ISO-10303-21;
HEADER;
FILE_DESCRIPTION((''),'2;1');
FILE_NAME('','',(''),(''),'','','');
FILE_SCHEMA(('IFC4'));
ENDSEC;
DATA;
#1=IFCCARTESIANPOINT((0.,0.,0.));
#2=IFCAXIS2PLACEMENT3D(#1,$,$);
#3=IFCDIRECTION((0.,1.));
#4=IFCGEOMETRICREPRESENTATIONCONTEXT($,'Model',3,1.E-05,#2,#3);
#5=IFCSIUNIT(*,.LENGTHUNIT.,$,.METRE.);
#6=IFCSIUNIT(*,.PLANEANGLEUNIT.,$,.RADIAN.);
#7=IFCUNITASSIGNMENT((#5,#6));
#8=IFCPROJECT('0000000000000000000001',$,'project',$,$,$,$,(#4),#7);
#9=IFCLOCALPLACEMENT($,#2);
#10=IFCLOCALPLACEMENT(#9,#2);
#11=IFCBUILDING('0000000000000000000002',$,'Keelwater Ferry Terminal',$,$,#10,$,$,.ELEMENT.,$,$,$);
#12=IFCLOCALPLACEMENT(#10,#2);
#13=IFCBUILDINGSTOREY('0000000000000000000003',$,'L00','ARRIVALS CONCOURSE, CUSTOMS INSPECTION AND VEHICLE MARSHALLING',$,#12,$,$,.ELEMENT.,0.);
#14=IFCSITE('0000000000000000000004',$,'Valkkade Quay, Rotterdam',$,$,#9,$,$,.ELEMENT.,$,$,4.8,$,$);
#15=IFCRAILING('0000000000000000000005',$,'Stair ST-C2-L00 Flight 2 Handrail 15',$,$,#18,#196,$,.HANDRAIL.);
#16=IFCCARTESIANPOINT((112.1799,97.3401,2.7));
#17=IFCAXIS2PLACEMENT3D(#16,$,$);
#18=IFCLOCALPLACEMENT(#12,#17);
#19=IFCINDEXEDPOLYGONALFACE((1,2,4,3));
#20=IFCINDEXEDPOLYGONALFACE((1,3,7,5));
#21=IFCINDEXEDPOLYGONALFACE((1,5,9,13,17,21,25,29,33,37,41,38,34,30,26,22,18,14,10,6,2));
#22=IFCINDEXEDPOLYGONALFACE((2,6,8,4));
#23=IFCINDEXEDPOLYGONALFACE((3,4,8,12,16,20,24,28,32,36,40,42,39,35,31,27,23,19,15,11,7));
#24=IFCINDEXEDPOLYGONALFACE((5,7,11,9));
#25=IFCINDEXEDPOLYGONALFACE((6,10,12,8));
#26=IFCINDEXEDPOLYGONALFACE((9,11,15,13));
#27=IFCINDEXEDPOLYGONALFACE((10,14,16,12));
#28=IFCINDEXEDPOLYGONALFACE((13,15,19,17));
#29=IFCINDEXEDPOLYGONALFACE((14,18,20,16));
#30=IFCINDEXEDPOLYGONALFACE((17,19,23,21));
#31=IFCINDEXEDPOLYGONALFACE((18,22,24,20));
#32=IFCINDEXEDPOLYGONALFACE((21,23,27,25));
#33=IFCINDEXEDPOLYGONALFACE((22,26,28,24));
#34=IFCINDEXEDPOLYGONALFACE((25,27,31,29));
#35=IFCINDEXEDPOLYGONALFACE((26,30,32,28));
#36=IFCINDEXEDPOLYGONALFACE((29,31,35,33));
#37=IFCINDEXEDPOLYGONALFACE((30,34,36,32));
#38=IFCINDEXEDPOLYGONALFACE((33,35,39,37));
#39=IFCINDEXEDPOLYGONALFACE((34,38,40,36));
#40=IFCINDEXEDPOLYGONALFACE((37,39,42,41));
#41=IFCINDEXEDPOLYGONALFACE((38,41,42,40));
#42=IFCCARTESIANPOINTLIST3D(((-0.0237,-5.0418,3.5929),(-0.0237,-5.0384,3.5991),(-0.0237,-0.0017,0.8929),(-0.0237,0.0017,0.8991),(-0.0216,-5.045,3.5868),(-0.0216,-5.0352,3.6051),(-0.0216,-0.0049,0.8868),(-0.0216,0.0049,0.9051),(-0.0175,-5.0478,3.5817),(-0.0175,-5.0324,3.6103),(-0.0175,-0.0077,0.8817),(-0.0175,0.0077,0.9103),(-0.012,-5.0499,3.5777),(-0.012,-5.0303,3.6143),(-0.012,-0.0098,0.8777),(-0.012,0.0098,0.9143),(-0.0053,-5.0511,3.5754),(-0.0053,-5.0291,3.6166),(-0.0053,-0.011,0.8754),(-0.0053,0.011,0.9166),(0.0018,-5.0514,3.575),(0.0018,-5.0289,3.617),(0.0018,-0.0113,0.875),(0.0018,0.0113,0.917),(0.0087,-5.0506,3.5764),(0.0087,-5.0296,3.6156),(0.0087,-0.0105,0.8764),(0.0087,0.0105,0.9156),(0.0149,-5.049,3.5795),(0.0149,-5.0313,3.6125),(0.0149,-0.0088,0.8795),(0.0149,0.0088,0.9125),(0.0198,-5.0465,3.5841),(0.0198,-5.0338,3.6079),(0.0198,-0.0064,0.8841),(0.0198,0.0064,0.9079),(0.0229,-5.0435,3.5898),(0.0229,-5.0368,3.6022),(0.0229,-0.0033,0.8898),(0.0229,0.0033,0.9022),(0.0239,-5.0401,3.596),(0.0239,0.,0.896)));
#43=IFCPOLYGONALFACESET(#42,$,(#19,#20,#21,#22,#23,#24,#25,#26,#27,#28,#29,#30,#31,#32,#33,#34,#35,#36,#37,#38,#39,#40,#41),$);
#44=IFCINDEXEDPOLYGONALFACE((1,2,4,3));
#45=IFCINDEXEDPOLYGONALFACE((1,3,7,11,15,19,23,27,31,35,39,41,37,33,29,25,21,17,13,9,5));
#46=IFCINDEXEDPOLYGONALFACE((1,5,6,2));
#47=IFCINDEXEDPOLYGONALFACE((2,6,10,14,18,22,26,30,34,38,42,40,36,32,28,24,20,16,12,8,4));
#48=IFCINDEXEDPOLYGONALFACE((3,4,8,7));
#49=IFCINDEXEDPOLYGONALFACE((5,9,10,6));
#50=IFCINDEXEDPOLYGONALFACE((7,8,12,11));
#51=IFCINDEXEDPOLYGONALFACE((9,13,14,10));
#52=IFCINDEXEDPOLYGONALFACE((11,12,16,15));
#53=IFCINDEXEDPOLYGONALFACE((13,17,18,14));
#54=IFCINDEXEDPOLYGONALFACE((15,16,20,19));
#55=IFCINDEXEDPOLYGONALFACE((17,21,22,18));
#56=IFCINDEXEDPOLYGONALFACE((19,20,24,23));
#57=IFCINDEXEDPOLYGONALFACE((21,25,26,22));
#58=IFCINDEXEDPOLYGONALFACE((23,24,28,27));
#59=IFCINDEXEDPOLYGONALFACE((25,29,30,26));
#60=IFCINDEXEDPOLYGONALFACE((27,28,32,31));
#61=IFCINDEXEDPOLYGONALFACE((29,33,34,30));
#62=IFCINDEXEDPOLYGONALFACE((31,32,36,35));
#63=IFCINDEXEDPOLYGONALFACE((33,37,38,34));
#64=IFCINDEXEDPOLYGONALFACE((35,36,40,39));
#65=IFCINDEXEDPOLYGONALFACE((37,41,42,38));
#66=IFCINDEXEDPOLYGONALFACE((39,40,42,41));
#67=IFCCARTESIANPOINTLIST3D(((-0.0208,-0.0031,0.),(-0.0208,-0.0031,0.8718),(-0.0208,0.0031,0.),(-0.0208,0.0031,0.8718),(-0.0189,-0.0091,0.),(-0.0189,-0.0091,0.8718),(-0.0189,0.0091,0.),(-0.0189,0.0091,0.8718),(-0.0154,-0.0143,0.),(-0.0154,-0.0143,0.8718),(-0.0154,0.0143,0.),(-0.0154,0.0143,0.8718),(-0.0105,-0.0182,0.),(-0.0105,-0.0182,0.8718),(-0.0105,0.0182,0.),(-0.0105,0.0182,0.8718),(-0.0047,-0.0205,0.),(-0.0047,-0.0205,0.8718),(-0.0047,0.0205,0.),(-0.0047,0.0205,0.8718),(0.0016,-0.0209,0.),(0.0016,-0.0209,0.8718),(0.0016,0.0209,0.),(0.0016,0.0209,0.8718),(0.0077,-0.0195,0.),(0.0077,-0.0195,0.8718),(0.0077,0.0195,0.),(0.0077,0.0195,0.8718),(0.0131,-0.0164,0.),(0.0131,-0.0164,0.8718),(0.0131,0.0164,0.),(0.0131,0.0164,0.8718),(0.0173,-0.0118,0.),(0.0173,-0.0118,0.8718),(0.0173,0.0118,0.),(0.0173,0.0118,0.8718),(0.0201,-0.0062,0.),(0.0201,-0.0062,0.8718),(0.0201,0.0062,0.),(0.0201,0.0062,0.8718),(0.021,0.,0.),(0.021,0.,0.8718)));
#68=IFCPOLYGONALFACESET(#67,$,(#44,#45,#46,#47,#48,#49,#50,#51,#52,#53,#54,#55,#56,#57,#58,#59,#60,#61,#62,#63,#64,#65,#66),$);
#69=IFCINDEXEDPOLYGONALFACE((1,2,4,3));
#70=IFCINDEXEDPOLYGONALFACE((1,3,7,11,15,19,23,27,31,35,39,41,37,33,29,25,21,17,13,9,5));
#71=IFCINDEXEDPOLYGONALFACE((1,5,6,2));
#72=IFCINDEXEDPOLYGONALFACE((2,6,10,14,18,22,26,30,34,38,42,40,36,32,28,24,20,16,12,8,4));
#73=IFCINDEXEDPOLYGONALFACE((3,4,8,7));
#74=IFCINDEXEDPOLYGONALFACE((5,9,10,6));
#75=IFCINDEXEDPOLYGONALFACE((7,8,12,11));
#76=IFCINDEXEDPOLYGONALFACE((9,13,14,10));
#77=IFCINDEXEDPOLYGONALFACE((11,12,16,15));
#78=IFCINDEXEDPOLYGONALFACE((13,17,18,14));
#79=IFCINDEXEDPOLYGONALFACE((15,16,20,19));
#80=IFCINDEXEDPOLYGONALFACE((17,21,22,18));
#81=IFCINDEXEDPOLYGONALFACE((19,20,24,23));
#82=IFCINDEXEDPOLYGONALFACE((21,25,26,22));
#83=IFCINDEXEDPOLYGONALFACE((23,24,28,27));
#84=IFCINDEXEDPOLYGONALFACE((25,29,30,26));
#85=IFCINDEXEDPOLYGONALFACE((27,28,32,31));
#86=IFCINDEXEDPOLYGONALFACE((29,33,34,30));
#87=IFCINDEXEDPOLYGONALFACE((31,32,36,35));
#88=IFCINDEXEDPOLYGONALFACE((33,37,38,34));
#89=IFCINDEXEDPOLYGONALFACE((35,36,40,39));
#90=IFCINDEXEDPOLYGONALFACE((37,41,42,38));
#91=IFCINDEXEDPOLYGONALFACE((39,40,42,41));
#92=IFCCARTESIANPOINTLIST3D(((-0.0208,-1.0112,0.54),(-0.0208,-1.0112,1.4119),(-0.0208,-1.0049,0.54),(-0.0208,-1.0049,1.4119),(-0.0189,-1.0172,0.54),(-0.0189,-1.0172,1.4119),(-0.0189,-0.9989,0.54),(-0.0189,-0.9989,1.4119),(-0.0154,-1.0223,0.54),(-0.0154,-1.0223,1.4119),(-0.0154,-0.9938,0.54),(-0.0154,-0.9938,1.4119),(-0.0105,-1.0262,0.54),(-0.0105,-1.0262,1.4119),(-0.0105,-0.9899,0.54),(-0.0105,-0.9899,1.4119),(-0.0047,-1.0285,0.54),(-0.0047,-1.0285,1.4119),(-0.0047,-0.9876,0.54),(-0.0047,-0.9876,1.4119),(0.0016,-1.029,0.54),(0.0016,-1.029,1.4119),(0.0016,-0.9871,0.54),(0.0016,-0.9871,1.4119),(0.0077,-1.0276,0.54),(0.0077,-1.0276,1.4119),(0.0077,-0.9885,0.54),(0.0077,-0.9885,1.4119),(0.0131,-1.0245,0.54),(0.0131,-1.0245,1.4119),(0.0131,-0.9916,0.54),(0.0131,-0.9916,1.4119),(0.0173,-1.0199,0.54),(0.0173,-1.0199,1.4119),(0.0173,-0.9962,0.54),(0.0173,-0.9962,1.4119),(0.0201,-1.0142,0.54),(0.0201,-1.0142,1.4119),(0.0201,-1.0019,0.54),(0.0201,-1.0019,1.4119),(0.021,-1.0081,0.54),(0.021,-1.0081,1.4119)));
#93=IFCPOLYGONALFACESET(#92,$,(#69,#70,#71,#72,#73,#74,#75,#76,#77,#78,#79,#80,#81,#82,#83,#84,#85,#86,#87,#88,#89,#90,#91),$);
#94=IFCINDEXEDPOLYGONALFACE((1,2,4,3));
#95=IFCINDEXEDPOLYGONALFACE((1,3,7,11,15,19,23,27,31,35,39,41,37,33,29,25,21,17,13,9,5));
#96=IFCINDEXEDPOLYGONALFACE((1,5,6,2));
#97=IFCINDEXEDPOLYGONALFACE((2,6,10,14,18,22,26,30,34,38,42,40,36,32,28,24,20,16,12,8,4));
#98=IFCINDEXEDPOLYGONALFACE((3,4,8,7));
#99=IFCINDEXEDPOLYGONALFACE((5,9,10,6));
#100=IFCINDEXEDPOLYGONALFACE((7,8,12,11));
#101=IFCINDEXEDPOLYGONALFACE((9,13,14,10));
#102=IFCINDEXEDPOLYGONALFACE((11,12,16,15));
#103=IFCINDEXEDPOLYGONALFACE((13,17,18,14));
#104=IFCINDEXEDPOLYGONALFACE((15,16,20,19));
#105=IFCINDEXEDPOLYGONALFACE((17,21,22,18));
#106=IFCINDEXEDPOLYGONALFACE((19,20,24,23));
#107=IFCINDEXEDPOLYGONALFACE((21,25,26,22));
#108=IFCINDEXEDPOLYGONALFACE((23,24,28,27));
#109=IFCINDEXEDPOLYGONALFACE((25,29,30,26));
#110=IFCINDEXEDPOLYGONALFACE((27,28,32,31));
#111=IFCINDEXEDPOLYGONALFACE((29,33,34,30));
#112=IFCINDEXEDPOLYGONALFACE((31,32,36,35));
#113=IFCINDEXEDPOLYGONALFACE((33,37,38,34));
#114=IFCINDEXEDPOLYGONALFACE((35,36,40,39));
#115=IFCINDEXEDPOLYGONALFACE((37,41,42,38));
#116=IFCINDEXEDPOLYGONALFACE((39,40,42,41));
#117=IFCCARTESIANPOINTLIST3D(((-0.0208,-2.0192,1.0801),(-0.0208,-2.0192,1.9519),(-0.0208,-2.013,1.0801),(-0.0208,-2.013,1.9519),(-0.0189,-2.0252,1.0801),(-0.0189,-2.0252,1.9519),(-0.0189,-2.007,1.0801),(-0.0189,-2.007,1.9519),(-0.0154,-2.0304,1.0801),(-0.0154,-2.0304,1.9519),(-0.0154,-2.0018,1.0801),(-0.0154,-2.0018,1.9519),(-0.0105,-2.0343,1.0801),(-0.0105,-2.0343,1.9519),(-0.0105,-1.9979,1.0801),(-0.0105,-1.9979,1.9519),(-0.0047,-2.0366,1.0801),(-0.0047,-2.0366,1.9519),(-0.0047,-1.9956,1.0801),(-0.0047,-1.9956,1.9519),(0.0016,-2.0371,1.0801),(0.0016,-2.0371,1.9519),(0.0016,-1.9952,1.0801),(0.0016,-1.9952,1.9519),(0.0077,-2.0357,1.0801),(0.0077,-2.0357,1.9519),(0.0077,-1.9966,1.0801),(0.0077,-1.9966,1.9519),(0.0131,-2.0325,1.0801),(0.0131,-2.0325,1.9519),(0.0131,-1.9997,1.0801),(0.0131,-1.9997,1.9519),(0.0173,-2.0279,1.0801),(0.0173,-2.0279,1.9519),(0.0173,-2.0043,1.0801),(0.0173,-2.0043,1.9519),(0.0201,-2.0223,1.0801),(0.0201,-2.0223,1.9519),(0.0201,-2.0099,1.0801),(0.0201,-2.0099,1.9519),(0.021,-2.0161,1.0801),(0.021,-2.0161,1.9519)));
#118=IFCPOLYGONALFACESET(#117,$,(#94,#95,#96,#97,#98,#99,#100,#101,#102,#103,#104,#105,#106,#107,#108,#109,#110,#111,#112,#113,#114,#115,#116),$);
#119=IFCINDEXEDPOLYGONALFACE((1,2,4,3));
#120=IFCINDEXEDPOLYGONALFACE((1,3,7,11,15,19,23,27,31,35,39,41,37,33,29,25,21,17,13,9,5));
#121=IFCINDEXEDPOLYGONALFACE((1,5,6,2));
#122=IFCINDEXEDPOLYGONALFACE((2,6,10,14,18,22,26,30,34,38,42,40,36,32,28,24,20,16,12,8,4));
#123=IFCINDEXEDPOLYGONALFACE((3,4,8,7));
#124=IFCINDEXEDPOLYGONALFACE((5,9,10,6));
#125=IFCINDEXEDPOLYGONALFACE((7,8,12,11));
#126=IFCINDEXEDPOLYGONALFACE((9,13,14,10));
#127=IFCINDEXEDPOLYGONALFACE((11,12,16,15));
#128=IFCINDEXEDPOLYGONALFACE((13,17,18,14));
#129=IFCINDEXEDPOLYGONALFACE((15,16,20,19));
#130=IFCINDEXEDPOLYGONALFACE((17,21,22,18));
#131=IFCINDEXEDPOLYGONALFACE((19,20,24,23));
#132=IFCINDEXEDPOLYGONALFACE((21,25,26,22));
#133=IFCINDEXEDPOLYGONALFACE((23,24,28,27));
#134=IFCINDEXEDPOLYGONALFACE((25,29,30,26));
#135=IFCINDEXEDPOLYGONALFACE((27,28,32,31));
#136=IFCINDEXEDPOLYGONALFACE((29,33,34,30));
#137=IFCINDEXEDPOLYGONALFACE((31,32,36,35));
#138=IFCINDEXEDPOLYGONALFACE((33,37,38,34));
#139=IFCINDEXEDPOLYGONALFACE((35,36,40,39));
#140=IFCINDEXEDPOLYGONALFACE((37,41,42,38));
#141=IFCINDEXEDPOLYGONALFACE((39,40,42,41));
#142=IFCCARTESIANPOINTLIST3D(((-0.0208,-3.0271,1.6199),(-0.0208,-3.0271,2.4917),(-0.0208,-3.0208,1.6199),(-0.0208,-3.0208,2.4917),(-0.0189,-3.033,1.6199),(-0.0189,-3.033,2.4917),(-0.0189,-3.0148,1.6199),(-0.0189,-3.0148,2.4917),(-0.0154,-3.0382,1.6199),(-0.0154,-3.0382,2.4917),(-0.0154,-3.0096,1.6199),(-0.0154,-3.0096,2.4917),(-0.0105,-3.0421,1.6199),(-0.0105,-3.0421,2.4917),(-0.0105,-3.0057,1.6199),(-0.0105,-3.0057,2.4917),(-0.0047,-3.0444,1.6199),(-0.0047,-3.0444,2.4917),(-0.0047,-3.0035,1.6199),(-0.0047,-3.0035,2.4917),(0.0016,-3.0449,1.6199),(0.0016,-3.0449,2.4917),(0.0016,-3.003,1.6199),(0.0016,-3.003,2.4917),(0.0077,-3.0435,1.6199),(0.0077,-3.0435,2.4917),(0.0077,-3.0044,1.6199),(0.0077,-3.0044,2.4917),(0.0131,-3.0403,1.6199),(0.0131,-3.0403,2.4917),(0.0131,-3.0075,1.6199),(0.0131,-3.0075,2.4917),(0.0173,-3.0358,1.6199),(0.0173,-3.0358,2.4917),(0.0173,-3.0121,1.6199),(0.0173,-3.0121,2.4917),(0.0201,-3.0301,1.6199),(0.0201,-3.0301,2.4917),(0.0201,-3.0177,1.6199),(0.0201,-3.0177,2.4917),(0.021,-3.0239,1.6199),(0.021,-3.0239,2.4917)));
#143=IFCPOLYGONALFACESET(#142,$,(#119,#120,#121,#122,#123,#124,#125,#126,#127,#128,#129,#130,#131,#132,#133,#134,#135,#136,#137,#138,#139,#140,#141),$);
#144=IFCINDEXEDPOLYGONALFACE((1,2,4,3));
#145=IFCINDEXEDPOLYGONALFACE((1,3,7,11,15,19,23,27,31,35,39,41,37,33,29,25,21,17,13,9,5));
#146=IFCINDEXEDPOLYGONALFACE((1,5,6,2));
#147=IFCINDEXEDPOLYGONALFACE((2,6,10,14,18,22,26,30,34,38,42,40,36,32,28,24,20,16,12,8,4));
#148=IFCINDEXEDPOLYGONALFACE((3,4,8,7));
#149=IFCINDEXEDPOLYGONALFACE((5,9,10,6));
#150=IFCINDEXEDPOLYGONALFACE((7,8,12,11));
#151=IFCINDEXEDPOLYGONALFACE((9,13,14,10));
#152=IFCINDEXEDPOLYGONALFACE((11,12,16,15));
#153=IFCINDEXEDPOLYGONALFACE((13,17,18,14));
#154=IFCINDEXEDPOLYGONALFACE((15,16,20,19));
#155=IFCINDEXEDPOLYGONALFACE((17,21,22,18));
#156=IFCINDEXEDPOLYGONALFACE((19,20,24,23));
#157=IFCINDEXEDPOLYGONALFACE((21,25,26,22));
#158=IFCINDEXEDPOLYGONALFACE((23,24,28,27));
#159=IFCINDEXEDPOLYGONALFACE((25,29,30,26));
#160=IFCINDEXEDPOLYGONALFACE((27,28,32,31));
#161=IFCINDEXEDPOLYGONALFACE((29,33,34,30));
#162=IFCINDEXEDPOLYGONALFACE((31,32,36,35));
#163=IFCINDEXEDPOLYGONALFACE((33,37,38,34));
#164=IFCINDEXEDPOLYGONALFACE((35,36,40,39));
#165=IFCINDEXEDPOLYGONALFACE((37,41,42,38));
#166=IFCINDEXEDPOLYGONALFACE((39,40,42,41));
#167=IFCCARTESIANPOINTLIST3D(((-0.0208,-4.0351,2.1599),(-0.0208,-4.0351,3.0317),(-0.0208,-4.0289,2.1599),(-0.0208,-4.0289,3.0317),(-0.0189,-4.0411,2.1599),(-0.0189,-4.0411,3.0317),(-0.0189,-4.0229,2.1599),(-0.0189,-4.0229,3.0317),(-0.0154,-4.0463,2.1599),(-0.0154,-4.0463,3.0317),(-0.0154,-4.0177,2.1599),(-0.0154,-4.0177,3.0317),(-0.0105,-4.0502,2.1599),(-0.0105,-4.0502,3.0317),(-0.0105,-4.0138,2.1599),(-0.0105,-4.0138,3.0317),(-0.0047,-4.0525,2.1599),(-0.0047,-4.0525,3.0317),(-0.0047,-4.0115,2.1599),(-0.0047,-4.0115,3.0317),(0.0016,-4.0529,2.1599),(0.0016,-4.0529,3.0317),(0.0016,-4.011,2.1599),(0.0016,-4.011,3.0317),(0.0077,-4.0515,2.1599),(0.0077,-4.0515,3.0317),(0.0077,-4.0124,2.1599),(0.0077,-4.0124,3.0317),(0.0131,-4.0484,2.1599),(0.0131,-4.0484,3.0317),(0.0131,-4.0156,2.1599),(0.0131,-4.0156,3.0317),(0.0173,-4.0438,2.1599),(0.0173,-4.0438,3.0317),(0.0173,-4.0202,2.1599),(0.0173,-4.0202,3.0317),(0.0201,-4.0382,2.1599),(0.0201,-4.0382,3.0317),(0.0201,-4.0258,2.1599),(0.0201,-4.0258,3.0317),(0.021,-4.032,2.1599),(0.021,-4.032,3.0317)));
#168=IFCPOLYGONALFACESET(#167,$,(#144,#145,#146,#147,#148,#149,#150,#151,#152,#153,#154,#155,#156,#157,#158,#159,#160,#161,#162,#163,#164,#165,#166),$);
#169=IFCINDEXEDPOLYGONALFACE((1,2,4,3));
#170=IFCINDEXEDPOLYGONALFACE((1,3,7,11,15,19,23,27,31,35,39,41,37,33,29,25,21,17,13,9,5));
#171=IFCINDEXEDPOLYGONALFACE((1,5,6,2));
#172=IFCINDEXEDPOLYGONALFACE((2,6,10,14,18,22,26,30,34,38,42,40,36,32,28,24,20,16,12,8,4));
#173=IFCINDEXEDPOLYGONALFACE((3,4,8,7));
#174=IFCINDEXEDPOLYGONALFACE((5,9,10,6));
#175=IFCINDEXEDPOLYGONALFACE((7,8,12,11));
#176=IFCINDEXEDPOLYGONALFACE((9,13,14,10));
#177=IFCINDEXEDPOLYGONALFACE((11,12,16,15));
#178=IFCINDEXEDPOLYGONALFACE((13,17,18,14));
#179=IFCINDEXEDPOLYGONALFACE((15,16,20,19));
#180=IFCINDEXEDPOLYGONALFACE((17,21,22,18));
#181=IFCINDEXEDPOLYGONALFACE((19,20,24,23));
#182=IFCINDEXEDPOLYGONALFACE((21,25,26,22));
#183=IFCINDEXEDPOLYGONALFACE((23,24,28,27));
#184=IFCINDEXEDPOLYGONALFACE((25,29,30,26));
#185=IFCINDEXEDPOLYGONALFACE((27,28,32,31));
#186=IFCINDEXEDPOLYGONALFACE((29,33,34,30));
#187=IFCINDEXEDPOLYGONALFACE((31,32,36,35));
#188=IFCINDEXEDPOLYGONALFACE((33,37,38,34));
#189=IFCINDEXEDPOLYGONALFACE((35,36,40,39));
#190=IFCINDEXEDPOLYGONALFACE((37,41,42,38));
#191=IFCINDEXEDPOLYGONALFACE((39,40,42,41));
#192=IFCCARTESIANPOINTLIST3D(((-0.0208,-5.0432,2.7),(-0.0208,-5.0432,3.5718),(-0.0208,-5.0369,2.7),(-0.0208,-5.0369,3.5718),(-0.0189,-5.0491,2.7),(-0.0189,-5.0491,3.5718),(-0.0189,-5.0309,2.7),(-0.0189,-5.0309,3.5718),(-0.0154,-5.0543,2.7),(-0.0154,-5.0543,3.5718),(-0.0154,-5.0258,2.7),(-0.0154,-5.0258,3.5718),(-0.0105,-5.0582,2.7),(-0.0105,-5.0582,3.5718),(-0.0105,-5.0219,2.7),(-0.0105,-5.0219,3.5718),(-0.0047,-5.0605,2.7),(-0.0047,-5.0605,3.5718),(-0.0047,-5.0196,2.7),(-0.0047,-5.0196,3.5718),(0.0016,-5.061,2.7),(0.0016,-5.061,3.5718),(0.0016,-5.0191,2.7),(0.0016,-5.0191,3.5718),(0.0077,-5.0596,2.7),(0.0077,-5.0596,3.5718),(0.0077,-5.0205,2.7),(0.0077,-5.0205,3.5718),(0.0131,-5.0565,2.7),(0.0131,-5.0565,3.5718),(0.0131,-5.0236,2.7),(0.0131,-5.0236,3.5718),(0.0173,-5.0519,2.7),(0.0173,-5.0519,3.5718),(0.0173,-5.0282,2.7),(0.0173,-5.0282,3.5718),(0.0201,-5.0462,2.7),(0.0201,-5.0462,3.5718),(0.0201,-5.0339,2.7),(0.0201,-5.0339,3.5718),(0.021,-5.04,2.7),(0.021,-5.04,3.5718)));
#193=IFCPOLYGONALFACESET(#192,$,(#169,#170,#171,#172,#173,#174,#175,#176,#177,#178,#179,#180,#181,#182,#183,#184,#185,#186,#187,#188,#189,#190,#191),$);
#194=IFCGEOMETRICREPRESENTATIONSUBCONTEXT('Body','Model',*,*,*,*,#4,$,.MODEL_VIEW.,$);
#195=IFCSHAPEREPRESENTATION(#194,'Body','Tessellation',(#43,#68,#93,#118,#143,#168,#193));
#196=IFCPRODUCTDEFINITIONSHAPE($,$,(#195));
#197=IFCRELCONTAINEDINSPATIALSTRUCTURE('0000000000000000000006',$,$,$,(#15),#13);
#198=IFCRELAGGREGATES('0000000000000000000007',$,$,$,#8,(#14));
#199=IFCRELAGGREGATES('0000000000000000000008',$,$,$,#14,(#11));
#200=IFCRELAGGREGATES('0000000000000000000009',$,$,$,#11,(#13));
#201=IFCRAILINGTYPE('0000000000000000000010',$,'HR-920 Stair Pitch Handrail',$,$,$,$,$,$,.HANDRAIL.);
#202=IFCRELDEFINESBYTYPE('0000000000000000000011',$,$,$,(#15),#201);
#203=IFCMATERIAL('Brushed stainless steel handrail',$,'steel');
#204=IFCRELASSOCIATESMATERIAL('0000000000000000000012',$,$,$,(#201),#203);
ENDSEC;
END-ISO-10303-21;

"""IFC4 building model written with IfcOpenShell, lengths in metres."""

from ifc_helpers import new_model, si_unit, direction, frame, origin, origin_2d, place, context, subcontext, project, spatial, circle, extrude, material, type_object, element, save


model = new_model("IFC4")

# Units and contexts
model_context = context("Model", 3, precision=1e-05, world=origin(), true_north=direction((0.0, 1.0)))
body_context = subcontext(model_context, "Body", "Model", "MODEL_VIEW")
ifc_project = project(units=[si_unit("LENGTHUNIT", "METRE"), si_unit("PLANEANGLEUNIT", "RADIAN")], contexts=[model_context])

# Site, building, storey
site_placement = place(None, origin())
site = spatial("IfcSite", under=ifc_project, at=site_placement, Name="Valkkade Quay, Rotterdam", CompositionType="ELEMENT", RefElevation=4.8)
building_placement = place(site_placement, origin())
building = spatial("IfcBuilding", under=site, at=building_placement, Name="Keelwater Ferry Terminal", CompositionType="ELEMENT")
storey_placement = place(building_placement, origin())
storey = spatial("IfcBuildingStorey", under=building, at=storey_placement, Name="L00", Description="ARRIVALS CONCOURSE, CUSTOMS INSPECTION AND VEHICLE MARSHALLING", CompositionType="ELEMENT", Elevation=0.0)

# Railing
ifc_material_1 = material(Name="Brushed stainless steel handrail", Category="steel")
railing_type_1 = type_object("IfcRailingType", Name="HR-920 Stair Pitch Handrail", PredefinedType="HANDRAIL", material=ifc_material_1)
railing_1_placement = place(storey_placement, frame((112.1799, 97.3401, 2.7)))
element("IfcRailing", 1, at=railing_1_placement, inside=storey, type_object=railing_type_1, Name="Stair ST-C2-L00 Flight 2 Handrail 15", PredefinedType="HANDRAIL", context=body_context, shape_type="SweptSolid", body=[
    extrude(circle(Radius=0.0239, at=origin_2d()), frame((0.0, 0.0, 0.896), z_axis=(0.0, -0.881485, 0.472212), x_axis=(1.0, 0.0, 0.0)), (0.0, 0.0, 1.0), 5.7178),
    extrude(circle(Radius=0.021, at=origin_2d()), origin(), (0.0, 0.0, 1.0), 0.8718),
    extrude(circle(Radius=0.021, at=origin_2d()), frame((0.0, -1.0081, 0.54)), (0.0, 0.0, 1.0), 0.8718),
    extrude(circle(Radius=0.021, at=origin_2d()), frame((0.0, -2.0161, 1.0801)), (0.0, 0.0, 1.0), 0.8718),
    extrude(circle(Radius=0.021, at=origin_2d()), frame((0.0, -3.0239, 1.6199)), (0.0, 0.0, 1.0), 0.8718),
    extrude(circle(Radius=0.021, at=origin_2d()), frame((0.0, -4.032, 2.1599)), (0.0, 0.0, 1.0), 0.8718),
    extrude(circle(Radius=0.021, at=origin_2d()), frame((0.0, -5.04, 2.7)), (0.0, 0.0, 1.0), 0.8718),
])

save(model, "model.ifc")
